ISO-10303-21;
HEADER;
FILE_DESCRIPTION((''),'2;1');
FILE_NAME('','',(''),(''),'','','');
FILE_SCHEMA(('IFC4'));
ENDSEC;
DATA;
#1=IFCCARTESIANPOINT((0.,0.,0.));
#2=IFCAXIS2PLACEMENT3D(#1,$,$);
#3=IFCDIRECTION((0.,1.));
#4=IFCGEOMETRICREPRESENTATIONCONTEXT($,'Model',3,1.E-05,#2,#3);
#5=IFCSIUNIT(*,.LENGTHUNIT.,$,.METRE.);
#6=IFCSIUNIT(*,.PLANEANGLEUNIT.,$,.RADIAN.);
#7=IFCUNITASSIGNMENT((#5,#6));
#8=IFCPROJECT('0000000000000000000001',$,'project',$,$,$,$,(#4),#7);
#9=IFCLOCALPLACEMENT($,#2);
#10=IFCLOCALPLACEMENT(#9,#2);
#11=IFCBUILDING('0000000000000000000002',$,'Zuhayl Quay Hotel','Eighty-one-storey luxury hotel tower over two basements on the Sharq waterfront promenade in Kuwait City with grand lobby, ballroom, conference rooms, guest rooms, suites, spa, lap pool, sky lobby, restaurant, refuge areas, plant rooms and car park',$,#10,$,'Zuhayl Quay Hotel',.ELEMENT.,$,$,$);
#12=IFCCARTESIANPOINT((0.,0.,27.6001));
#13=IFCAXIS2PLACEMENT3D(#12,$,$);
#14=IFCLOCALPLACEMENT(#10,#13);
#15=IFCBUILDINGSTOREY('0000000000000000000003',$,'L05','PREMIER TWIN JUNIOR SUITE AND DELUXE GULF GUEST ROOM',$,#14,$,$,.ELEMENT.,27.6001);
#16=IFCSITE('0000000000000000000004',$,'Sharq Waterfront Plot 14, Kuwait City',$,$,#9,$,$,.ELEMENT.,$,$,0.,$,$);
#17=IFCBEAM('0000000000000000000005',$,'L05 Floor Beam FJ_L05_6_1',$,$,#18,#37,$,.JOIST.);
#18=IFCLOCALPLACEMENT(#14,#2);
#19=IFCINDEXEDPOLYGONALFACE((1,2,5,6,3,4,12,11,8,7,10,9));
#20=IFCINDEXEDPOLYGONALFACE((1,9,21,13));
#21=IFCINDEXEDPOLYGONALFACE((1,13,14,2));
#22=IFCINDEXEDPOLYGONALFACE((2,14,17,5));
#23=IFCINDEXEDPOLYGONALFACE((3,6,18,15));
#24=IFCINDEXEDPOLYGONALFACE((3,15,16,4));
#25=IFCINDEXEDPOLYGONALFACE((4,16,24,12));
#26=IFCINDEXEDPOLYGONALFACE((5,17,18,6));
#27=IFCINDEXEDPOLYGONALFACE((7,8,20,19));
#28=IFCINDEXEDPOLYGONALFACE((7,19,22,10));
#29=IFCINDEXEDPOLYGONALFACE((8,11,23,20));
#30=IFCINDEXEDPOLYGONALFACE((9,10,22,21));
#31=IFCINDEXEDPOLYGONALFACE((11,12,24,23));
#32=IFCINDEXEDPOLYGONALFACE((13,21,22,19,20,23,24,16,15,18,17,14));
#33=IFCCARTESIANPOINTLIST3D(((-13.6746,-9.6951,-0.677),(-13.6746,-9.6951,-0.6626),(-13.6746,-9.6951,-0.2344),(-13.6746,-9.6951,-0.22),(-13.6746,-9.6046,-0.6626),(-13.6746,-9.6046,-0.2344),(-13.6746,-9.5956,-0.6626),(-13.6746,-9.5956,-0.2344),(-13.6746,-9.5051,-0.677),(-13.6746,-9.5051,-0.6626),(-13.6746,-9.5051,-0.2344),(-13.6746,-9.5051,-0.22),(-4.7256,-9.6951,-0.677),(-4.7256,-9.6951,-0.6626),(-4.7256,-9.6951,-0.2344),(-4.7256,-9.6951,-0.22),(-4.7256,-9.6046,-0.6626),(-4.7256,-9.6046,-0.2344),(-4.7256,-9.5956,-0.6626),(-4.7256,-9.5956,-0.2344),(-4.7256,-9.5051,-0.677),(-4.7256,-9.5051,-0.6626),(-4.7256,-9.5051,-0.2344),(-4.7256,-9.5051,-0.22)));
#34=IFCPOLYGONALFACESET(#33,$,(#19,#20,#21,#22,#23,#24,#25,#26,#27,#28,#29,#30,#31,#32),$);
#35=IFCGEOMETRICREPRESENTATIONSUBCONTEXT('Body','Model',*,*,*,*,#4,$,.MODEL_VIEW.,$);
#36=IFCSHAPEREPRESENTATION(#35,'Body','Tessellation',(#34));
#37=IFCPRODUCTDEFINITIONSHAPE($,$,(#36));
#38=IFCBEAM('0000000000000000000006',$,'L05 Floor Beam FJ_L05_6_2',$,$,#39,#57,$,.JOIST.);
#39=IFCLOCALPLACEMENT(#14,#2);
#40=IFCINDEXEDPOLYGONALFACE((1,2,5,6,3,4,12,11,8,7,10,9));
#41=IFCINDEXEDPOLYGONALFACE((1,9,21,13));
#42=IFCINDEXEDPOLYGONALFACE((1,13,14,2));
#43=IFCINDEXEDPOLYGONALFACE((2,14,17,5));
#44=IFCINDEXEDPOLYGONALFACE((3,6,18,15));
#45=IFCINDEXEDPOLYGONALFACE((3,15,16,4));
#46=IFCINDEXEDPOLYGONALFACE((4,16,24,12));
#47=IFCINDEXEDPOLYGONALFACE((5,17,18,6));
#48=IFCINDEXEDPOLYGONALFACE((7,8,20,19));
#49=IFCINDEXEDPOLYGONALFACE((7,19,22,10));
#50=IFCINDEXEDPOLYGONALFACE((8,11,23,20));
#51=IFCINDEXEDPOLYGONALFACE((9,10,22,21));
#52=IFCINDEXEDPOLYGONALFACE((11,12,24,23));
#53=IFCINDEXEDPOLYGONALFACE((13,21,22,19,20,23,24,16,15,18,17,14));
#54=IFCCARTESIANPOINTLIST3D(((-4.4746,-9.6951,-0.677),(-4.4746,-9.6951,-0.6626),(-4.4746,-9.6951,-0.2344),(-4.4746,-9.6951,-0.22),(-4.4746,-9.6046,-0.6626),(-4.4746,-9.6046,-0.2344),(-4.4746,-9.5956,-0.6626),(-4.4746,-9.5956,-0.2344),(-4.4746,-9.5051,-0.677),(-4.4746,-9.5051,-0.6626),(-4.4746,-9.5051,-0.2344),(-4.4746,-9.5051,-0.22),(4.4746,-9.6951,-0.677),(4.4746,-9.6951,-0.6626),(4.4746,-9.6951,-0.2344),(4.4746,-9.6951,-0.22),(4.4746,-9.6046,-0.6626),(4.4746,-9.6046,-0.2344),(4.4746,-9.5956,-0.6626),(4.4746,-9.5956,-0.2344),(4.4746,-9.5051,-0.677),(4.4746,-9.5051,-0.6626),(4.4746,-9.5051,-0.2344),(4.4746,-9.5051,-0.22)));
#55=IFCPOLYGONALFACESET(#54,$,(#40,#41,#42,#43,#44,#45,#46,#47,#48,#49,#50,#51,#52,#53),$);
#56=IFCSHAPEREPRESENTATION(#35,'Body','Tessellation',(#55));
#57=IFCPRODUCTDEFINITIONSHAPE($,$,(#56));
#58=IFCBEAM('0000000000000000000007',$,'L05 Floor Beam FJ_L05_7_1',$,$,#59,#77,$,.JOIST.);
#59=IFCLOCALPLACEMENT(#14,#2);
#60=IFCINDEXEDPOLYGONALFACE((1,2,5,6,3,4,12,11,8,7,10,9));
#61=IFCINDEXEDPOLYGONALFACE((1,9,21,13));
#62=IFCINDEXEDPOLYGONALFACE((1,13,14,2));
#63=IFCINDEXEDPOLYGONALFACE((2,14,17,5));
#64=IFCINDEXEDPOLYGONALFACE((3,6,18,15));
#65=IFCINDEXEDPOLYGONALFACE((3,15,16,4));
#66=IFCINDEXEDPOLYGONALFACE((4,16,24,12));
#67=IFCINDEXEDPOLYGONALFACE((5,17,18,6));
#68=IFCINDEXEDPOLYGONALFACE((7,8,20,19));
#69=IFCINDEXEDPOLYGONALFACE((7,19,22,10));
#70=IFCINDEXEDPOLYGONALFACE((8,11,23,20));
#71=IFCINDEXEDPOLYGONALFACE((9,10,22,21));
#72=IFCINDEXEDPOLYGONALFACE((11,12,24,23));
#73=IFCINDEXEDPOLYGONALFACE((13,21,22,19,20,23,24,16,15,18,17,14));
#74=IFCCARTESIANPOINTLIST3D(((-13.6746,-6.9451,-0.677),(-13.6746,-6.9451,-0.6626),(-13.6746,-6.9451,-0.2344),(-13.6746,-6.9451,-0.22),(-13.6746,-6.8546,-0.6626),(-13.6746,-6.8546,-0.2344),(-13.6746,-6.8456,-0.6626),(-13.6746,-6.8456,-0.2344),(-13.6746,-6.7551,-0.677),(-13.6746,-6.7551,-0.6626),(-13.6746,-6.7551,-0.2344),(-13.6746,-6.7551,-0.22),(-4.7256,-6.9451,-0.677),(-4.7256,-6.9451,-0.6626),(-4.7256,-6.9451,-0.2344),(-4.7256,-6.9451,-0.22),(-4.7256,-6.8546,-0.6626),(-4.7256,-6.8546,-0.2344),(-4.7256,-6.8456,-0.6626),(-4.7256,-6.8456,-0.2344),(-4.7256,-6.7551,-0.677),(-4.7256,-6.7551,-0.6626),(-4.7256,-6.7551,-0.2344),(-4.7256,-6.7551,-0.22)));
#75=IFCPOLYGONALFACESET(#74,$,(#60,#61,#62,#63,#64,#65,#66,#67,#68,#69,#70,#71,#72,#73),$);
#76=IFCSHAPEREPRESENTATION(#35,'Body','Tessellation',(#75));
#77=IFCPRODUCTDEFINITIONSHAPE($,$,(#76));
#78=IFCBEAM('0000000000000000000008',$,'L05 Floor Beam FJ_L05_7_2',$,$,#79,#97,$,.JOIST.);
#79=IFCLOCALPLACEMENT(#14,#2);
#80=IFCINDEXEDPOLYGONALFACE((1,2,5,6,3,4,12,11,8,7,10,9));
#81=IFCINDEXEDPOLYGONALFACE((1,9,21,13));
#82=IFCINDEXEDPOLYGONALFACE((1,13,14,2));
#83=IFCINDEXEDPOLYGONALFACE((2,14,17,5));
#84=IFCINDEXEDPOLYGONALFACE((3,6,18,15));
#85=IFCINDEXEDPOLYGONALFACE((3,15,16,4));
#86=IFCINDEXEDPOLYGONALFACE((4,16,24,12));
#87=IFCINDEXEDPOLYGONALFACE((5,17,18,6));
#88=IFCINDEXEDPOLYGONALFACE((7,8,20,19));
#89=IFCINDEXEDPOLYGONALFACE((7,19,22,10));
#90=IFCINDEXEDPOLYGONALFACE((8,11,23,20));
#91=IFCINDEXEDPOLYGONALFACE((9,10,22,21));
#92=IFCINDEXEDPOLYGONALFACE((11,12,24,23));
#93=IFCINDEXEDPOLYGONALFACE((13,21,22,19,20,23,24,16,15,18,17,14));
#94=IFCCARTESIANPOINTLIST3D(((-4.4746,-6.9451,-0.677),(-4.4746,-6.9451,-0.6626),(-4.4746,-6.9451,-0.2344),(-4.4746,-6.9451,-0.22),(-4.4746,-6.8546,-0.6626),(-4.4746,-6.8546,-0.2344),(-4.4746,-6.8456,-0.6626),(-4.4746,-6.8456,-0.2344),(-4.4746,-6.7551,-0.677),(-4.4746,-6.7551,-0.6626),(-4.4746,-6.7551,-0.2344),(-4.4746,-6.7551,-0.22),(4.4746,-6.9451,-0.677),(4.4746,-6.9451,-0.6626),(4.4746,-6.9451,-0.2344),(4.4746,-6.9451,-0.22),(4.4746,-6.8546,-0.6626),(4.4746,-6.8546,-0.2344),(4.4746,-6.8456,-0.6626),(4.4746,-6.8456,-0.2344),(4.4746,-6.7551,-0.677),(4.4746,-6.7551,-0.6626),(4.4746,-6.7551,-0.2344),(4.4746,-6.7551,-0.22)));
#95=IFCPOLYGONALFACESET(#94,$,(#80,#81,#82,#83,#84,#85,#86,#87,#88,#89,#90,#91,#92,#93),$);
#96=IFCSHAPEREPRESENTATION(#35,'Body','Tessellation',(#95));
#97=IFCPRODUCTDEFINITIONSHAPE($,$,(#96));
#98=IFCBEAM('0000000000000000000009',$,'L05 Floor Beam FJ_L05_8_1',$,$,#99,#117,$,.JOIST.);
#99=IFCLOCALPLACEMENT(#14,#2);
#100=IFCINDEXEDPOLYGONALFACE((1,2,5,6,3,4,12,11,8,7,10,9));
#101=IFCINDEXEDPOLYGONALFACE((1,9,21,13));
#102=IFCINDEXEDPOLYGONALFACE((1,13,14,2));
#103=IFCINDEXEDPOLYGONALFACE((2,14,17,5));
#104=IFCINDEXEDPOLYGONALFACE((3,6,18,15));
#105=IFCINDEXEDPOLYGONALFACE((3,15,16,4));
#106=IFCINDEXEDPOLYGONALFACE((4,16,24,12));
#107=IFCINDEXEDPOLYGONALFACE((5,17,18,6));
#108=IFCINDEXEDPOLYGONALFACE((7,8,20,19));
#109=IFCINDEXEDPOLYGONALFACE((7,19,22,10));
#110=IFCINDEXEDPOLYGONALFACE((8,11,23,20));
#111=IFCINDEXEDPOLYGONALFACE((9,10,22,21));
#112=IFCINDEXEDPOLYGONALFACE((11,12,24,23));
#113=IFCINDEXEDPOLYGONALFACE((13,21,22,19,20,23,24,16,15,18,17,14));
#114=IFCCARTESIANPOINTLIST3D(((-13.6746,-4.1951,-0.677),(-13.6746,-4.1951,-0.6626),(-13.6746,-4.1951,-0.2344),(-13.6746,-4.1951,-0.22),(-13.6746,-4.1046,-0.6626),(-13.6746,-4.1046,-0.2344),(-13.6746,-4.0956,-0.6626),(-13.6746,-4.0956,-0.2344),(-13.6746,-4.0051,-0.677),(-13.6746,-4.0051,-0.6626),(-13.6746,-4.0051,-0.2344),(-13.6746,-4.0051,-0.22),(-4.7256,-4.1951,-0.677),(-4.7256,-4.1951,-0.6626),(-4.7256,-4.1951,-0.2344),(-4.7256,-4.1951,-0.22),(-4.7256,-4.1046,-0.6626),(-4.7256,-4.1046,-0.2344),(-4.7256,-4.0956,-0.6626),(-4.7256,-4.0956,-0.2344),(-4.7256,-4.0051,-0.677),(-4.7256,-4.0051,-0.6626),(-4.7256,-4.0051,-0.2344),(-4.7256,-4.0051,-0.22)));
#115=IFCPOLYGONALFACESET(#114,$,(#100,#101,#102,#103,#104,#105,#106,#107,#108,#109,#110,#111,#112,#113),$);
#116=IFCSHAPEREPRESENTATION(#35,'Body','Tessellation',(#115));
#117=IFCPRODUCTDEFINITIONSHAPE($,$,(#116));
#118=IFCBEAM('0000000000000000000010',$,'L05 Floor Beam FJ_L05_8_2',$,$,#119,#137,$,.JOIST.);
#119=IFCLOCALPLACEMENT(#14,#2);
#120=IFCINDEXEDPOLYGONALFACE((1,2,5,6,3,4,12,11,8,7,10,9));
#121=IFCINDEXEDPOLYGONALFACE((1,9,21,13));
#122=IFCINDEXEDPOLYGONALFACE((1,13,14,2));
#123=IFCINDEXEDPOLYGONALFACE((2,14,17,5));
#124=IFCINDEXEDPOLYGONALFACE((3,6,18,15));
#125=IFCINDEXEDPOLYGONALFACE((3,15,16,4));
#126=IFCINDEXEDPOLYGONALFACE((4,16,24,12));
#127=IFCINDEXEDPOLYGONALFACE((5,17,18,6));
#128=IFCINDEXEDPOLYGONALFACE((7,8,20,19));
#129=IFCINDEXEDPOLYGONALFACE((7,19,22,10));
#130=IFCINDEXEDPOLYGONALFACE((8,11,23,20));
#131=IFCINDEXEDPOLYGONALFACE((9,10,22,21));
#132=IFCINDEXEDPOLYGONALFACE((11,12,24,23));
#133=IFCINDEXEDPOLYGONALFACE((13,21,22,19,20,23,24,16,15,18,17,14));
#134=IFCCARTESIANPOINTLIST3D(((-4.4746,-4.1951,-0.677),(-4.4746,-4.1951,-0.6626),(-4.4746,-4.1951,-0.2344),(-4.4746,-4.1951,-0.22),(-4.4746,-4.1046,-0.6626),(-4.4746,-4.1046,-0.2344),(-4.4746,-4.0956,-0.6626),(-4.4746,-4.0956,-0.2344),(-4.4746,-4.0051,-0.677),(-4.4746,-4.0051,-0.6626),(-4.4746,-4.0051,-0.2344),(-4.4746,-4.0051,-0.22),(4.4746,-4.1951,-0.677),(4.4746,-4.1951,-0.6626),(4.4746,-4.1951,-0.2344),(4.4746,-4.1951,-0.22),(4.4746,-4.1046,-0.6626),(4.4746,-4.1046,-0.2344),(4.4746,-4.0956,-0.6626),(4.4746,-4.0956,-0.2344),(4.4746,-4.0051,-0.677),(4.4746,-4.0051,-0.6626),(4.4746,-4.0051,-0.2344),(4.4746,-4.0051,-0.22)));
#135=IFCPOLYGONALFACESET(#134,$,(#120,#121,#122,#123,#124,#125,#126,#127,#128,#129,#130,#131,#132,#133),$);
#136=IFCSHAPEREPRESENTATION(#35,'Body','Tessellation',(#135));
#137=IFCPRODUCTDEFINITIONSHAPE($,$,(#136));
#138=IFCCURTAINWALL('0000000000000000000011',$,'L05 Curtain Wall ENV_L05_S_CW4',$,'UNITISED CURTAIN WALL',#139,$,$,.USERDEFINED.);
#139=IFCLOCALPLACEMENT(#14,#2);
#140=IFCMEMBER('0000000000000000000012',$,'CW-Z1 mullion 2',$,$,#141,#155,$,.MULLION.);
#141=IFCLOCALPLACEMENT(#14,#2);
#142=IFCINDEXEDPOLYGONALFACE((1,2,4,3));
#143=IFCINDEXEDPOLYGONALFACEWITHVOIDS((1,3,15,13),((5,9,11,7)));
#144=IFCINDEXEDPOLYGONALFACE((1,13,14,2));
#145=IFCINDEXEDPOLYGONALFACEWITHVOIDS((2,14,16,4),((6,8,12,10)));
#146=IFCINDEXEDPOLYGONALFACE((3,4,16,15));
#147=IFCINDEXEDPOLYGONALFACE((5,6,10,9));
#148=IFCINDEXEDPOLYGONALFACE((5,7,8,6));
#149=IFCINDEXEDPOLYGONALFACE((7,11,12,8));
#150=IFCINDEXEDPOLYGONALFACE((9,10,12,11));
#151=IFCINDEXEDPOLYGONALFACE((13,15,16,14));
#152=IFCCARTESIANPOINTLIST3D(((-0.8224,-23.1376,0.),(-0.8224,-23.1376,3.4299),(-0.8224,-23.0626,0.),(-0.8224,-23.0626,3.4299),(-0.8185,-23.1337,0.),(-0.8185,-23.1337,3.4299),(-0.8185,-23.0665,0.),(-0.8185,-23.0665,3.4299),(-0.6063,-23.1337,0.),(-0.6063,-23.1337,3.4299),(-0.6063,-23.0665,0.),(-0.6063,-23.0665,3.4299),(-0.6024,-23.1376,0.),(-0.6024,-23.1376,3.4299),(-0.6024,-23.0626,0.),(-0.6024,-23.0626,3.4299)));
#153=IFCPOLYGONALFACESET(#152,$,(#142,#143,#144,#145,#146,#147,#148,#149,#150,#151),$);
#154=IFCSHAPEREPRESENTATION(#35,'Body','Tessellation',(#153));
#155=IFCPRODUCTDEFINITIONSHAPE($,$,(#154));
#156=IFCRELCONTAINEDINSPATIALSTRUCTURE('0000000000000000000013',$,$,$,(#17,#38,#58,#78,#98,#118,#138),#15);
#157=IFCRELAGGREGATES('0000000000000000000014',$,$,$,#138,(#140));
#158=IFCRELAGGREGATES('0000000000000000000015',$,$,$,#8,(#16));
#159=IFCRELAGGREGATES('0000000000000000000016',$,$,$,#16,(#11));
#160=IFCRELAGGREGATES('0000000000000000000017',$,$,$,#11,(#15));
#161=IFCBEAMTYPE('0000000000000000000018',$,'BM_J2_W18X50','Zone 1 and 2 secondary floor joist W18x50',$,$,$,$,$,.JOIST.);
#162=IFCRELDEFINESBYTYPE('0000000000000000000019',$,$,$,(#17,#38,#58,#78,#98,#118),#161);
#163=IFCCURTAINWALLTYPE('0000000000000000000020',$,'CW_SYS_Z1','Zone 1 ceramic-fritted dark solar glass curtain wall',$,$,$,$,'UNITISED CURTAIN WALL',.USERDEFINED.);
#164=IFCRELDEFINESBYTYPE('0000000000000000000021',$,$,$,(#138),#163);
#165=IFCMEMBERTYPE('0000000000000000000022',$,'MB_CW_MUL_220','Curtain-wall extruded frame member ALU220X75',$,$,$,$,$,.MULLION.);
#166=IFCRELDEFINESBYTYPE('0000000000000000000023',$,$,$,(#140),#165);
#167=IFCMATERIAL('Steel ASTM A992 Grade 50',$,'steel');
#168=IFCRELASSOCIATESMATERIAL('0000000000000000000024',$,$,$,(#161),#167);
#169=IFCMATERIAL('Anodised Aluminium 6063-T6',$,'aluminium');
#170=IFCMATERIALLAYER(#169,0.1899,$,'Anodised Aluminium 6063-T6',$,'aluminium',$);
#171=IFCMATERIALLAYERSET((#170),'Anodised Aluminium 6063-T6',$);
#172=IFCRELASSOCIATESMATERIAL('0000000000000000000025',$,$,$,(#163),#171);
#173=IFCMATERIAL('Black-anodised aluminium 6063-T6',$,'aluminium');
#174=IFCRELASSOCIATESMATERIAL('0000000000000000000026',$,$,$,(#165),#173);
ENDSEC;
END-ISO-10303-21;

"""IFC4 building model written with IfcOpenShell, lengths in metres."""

from ifc_helpers import new_model, si_unit, direction, frame, origin, origin_2d, place, context, subcontext, project, spatial, hollow_rectangle, i_section, extrude, material, layer, layer_set, material_profile, profile_set, type_object, element, aggregate, save


model = new_model("IFC4")

# Units and contexts
model_context = context("Model", 3, precision=1e-05, world=origin(), true_north=direction((0.0, 1.0)))
body_context = subcontext(model_context, "Body", "Model", "MODEL_VIEW")
ifc_project = project(units=[si_unit("LENGTHUNIT", "METRE"), si_unit("PLANEANGLEUNIT", "RADIAN")], contexts=[model_context])

# Site, building, storey
site_placement = place(None, origin())
site = spatial("IfcSite", under=ifc_project, at=site_placement, Name="Sharq Waterfront Plot 14, Kuwait City", CompositionType="ELEMENT", RefElevation=0.0)
building_placement = place(site_placement, origin())
building = spatial("IfcBuilding", under=site, at=building_placement, Name="Zuhayl Quay Hotel", Description="Eighty-one-storey luxury hotel tower over two basements on the Sharq waterfront promenade in Kuwait City with grand lobby, ballroom, conference rooms, guest rooms, suites, spa, lap pool, sky lobby, restaurant, refuge areas, plant rooms and car park", LongName="Zuhayl Quay Hotel", CompositionType="ELEMENT")
storey_placement = place(building_placement, frame((0.0, 0.0, 27.6001)))
storey = spatial("IfcBuildingStorey", under=building, at=storey_placement, Name="L05", Description="PREMIER TWIN JUNIOR SUITE AND DELUXE GULF GUEST ROOM", CompositionType="ELEMENT", Elevation=27.6001)

# Beams
ifc_material_1 = material(Name="Steel ASTM A992 Grade 50", Category="steel")
ifc_material_profile_1 = material_profile(ifc_material_1, i_section(OverallWidth=0.1899, OverallDepth=0.457, WebThickness=0.009, FlangeThickness=0.0144, at=origin_2d()), Name="W18X50")
ifc_profile_set_1 = profile_set([ifc_material_profile_1], Name="Steel ASTM A992 Grade 50")
beam_type_1 = type_object("IfcBeamType", Name="BM_J2_W18X50", Description="Zone 1 and 2 secondary floor joist W18x50", PredefinedType="JOIST", material=ifc_profile_set_1)
beam_1_placement = place(storey_placement, frame((-13.6746, -9.6001, -0.4485), z_axis=(1.0, 0.0, 0.0), x_axis=(0.0, 1.0, 0.0)))
element("IfcBeam", 1, at=beam_1_placement, inside=storey, type_object=beam_type_1, Name="L05 Floor Beam FJ_L05_6_1", PredefinedType="JOIST", context=body_context, shape_type="SweptSolid", body=[
    extrude(i_section(OverallWidth=0.1899, OverallDepth=0.457, WebThickness=0.009, FlangeThickness=0.0144, at=origin_2d()), origin(), (0.0, 0.0, 1.0), 8.949),
])
beam_2_placement = place(storey_placement, frame((-4.4746, -9.6001, -0.4485), z_axis=(1.0, 0.0, 0.0), x_axis=(0.0, 1.0, 0.0)))
element("IfcBeam", 2, at=beam_2_placement, inside=storey, type_object=beam_type_1, Name="L05 Floor Beam FJ_L05_6_2", PredefinedType="JOIST", context=body_context, shape_type="SweptSolid", body=[
    extrude(i_section(OverallWidth=0.1899, OverallDepth=0.457, WebThickness=0.009, FlangeThickness=0.0144, at=origin_2d()), origin(), (0.0, 0.0, 1.0), 8.9492),
])
beam_3_placement = place(storey_placement, frame((-13.6746, -6.8501, -0.4485), z_axis=(1.0, 0.0, 0.0), x_axis=(0.0, 1.0, 0.0)))
element("IfcBeam", 3, at=beam_3_placement, inside=storey, type_object=beam_type_1, Name="L05 Floor Beam FJ_L05_7_1", PredefinedType="JOIST", context=body_context, shape_type="SweptSolid", body=[
    extrude(i_section(OverallWidth=0.1899, OverallDepth=0.457, WebThickness=0.009, FlangeThickness=0.0144, at=origin_2d()), origin(), (0.0, 0.0, 1.0), 8.949),
])
beam_4_placement = place(storey_placement, frame((-4.4746, -6.8501, -0.4485), z_axis=(1.0, 0.0, 0.0), x_axis=(0.0, 1.0, 0.0)))
element("IfcBeam", 4, at=beam_4_placement, inside=storey, type_object=beam_type_1, Name="L05 Floor Beam FJ_L05_7_2", PredefinedType="JOIST", context=body_context, shape_type="SweptSolid", body=[
    extrude(i_section(OverallWidth=0.1899, OverallDepth=0.457, WebThickness=0.009, FlangeThickness=0.0144, at=origin_2d()), origin(), (0.0, 0.0, 1.0), 8.9492),
])
beam_5_placement = place(storey_placement, frame((-13.6746, -4.1001, -0.4485), z_axis=(1.0, 0.0, 0.0), x_axis=(0.0, 1.0, 0.0)))
element("IfcBeam", 5, at=beam_5_placement, inside=storey, type_object=beam_type_1, Name="L05 Floor Beam FJ_L05_8_1", PredefinedType="JOIST", context=body_context, shape_type="SweptSolid", body=[
    extrude(i_section(OverallWidth=0.1899, OverallDepth=0.457, WebThickness=0.009, FlangeThickness=0.0144, at=origin_2d()), origin(), (0.0, 0.0, 1.0), 8.949),
])
beam_6_placement = place(storey_placement, frame((-4.4746, -4.1001, -0.4485), z_axis=(1.0, 0.0, 0.0), x_axis=(0.0, 1.0, 0.0)))
element("IfcBeam", 6, at=beam_6_placement, inside=storey, type_object=beam_type_1, Name="L05 Floor Beam FJ_L05_8_2", PredefinedType="JOIST", context=body_context, shape_type="SweptSolid", body=[
    extrude(i_section(OverallWidth=0.1899, OverallDepth=0.457, WebThickness=0.009, FlangeThickness=0.0144, at=origin_2d()), origin(), (0.0, 0.0, 1.0), 8.9492),
])

# Curtain wall, member
ifc_material_2 = material(Name="Anodised Aluminium 6063-T6", Category="aluminium")
ifc_layer_1 = layer(ifc_material_2, 0.1899, Name="Anodised Aluminium 6063-T6", Category="aluminium")
ifc_layer_set_1 = layer_set([ifc_layer_1], Name="Anodised Aluminium 6063-T6")
curtain_wall_type = type_object("IfcCurtainWallType", Name="CW_SYS_Z1", Description="Zone 1 ceramic-fritted dark solar glass curtain wall", ElementType="UNITISED CURTAIN WALL", PredefinedType="USERDEFINED", material=ifc_layer_set_1)
curtain_wall_placement = place(storey_placement, origin())
curtain_wall = element("IfcCurtainWall", 7, at=curtain_wall_placement, inside=storey, type_object=curtain_wall_type, Name="L05 Curtain Wall ENV_L05_S_CW4", ObjectType="UNITISED CURTAIN WALL", PredefinedType="USERDEFINED")
ifc_material_3 = material(Name="Black-anodised aluminium 6063-T6", Category="aluminium")
ifc_material_profile_2 = material_profile(ifc_material_3, hollow_rectangle(XDim=0.075, YDim=0.22, WallThickness=0.0039, at=origin_2d()), Name="ALU220X75")
ifc_profile_set_2 = profile_set([ifc_material_profile_2], Name="Black-anodised aluminium 6063-T6")
member_type = type_object("IfcMemberType", Name="MB_CW_MUL_220", Description="Curtain-wall extruded frame member ALU220X75", PredefinedType="MULLION", material=ifc_profile_set_2)
member_placement = place(storey_placement, frame((-0.7124, -23.1001, 0.0), z_axis=(0.0, 0.0, 1.0), x_axis=(0.0, -1.0, 0.0)))
member = element("IfcMember", 8, at=member_placement, type_object=member_type, Name="CW-Z1 mullion 2", PredefinedType="MULLION", context=body_context, shape_type="SweptSolid", body=[
    extrude(hollow_rectangle(XDim=0.075, YDim=0.22, WallThickness=0.0039, at=origin_2d()), origin(), (0.0, 0.0, 1.0), 3.4299),
])
aggregate(curtain_wall, [member])

save(model, "model.ifc")
